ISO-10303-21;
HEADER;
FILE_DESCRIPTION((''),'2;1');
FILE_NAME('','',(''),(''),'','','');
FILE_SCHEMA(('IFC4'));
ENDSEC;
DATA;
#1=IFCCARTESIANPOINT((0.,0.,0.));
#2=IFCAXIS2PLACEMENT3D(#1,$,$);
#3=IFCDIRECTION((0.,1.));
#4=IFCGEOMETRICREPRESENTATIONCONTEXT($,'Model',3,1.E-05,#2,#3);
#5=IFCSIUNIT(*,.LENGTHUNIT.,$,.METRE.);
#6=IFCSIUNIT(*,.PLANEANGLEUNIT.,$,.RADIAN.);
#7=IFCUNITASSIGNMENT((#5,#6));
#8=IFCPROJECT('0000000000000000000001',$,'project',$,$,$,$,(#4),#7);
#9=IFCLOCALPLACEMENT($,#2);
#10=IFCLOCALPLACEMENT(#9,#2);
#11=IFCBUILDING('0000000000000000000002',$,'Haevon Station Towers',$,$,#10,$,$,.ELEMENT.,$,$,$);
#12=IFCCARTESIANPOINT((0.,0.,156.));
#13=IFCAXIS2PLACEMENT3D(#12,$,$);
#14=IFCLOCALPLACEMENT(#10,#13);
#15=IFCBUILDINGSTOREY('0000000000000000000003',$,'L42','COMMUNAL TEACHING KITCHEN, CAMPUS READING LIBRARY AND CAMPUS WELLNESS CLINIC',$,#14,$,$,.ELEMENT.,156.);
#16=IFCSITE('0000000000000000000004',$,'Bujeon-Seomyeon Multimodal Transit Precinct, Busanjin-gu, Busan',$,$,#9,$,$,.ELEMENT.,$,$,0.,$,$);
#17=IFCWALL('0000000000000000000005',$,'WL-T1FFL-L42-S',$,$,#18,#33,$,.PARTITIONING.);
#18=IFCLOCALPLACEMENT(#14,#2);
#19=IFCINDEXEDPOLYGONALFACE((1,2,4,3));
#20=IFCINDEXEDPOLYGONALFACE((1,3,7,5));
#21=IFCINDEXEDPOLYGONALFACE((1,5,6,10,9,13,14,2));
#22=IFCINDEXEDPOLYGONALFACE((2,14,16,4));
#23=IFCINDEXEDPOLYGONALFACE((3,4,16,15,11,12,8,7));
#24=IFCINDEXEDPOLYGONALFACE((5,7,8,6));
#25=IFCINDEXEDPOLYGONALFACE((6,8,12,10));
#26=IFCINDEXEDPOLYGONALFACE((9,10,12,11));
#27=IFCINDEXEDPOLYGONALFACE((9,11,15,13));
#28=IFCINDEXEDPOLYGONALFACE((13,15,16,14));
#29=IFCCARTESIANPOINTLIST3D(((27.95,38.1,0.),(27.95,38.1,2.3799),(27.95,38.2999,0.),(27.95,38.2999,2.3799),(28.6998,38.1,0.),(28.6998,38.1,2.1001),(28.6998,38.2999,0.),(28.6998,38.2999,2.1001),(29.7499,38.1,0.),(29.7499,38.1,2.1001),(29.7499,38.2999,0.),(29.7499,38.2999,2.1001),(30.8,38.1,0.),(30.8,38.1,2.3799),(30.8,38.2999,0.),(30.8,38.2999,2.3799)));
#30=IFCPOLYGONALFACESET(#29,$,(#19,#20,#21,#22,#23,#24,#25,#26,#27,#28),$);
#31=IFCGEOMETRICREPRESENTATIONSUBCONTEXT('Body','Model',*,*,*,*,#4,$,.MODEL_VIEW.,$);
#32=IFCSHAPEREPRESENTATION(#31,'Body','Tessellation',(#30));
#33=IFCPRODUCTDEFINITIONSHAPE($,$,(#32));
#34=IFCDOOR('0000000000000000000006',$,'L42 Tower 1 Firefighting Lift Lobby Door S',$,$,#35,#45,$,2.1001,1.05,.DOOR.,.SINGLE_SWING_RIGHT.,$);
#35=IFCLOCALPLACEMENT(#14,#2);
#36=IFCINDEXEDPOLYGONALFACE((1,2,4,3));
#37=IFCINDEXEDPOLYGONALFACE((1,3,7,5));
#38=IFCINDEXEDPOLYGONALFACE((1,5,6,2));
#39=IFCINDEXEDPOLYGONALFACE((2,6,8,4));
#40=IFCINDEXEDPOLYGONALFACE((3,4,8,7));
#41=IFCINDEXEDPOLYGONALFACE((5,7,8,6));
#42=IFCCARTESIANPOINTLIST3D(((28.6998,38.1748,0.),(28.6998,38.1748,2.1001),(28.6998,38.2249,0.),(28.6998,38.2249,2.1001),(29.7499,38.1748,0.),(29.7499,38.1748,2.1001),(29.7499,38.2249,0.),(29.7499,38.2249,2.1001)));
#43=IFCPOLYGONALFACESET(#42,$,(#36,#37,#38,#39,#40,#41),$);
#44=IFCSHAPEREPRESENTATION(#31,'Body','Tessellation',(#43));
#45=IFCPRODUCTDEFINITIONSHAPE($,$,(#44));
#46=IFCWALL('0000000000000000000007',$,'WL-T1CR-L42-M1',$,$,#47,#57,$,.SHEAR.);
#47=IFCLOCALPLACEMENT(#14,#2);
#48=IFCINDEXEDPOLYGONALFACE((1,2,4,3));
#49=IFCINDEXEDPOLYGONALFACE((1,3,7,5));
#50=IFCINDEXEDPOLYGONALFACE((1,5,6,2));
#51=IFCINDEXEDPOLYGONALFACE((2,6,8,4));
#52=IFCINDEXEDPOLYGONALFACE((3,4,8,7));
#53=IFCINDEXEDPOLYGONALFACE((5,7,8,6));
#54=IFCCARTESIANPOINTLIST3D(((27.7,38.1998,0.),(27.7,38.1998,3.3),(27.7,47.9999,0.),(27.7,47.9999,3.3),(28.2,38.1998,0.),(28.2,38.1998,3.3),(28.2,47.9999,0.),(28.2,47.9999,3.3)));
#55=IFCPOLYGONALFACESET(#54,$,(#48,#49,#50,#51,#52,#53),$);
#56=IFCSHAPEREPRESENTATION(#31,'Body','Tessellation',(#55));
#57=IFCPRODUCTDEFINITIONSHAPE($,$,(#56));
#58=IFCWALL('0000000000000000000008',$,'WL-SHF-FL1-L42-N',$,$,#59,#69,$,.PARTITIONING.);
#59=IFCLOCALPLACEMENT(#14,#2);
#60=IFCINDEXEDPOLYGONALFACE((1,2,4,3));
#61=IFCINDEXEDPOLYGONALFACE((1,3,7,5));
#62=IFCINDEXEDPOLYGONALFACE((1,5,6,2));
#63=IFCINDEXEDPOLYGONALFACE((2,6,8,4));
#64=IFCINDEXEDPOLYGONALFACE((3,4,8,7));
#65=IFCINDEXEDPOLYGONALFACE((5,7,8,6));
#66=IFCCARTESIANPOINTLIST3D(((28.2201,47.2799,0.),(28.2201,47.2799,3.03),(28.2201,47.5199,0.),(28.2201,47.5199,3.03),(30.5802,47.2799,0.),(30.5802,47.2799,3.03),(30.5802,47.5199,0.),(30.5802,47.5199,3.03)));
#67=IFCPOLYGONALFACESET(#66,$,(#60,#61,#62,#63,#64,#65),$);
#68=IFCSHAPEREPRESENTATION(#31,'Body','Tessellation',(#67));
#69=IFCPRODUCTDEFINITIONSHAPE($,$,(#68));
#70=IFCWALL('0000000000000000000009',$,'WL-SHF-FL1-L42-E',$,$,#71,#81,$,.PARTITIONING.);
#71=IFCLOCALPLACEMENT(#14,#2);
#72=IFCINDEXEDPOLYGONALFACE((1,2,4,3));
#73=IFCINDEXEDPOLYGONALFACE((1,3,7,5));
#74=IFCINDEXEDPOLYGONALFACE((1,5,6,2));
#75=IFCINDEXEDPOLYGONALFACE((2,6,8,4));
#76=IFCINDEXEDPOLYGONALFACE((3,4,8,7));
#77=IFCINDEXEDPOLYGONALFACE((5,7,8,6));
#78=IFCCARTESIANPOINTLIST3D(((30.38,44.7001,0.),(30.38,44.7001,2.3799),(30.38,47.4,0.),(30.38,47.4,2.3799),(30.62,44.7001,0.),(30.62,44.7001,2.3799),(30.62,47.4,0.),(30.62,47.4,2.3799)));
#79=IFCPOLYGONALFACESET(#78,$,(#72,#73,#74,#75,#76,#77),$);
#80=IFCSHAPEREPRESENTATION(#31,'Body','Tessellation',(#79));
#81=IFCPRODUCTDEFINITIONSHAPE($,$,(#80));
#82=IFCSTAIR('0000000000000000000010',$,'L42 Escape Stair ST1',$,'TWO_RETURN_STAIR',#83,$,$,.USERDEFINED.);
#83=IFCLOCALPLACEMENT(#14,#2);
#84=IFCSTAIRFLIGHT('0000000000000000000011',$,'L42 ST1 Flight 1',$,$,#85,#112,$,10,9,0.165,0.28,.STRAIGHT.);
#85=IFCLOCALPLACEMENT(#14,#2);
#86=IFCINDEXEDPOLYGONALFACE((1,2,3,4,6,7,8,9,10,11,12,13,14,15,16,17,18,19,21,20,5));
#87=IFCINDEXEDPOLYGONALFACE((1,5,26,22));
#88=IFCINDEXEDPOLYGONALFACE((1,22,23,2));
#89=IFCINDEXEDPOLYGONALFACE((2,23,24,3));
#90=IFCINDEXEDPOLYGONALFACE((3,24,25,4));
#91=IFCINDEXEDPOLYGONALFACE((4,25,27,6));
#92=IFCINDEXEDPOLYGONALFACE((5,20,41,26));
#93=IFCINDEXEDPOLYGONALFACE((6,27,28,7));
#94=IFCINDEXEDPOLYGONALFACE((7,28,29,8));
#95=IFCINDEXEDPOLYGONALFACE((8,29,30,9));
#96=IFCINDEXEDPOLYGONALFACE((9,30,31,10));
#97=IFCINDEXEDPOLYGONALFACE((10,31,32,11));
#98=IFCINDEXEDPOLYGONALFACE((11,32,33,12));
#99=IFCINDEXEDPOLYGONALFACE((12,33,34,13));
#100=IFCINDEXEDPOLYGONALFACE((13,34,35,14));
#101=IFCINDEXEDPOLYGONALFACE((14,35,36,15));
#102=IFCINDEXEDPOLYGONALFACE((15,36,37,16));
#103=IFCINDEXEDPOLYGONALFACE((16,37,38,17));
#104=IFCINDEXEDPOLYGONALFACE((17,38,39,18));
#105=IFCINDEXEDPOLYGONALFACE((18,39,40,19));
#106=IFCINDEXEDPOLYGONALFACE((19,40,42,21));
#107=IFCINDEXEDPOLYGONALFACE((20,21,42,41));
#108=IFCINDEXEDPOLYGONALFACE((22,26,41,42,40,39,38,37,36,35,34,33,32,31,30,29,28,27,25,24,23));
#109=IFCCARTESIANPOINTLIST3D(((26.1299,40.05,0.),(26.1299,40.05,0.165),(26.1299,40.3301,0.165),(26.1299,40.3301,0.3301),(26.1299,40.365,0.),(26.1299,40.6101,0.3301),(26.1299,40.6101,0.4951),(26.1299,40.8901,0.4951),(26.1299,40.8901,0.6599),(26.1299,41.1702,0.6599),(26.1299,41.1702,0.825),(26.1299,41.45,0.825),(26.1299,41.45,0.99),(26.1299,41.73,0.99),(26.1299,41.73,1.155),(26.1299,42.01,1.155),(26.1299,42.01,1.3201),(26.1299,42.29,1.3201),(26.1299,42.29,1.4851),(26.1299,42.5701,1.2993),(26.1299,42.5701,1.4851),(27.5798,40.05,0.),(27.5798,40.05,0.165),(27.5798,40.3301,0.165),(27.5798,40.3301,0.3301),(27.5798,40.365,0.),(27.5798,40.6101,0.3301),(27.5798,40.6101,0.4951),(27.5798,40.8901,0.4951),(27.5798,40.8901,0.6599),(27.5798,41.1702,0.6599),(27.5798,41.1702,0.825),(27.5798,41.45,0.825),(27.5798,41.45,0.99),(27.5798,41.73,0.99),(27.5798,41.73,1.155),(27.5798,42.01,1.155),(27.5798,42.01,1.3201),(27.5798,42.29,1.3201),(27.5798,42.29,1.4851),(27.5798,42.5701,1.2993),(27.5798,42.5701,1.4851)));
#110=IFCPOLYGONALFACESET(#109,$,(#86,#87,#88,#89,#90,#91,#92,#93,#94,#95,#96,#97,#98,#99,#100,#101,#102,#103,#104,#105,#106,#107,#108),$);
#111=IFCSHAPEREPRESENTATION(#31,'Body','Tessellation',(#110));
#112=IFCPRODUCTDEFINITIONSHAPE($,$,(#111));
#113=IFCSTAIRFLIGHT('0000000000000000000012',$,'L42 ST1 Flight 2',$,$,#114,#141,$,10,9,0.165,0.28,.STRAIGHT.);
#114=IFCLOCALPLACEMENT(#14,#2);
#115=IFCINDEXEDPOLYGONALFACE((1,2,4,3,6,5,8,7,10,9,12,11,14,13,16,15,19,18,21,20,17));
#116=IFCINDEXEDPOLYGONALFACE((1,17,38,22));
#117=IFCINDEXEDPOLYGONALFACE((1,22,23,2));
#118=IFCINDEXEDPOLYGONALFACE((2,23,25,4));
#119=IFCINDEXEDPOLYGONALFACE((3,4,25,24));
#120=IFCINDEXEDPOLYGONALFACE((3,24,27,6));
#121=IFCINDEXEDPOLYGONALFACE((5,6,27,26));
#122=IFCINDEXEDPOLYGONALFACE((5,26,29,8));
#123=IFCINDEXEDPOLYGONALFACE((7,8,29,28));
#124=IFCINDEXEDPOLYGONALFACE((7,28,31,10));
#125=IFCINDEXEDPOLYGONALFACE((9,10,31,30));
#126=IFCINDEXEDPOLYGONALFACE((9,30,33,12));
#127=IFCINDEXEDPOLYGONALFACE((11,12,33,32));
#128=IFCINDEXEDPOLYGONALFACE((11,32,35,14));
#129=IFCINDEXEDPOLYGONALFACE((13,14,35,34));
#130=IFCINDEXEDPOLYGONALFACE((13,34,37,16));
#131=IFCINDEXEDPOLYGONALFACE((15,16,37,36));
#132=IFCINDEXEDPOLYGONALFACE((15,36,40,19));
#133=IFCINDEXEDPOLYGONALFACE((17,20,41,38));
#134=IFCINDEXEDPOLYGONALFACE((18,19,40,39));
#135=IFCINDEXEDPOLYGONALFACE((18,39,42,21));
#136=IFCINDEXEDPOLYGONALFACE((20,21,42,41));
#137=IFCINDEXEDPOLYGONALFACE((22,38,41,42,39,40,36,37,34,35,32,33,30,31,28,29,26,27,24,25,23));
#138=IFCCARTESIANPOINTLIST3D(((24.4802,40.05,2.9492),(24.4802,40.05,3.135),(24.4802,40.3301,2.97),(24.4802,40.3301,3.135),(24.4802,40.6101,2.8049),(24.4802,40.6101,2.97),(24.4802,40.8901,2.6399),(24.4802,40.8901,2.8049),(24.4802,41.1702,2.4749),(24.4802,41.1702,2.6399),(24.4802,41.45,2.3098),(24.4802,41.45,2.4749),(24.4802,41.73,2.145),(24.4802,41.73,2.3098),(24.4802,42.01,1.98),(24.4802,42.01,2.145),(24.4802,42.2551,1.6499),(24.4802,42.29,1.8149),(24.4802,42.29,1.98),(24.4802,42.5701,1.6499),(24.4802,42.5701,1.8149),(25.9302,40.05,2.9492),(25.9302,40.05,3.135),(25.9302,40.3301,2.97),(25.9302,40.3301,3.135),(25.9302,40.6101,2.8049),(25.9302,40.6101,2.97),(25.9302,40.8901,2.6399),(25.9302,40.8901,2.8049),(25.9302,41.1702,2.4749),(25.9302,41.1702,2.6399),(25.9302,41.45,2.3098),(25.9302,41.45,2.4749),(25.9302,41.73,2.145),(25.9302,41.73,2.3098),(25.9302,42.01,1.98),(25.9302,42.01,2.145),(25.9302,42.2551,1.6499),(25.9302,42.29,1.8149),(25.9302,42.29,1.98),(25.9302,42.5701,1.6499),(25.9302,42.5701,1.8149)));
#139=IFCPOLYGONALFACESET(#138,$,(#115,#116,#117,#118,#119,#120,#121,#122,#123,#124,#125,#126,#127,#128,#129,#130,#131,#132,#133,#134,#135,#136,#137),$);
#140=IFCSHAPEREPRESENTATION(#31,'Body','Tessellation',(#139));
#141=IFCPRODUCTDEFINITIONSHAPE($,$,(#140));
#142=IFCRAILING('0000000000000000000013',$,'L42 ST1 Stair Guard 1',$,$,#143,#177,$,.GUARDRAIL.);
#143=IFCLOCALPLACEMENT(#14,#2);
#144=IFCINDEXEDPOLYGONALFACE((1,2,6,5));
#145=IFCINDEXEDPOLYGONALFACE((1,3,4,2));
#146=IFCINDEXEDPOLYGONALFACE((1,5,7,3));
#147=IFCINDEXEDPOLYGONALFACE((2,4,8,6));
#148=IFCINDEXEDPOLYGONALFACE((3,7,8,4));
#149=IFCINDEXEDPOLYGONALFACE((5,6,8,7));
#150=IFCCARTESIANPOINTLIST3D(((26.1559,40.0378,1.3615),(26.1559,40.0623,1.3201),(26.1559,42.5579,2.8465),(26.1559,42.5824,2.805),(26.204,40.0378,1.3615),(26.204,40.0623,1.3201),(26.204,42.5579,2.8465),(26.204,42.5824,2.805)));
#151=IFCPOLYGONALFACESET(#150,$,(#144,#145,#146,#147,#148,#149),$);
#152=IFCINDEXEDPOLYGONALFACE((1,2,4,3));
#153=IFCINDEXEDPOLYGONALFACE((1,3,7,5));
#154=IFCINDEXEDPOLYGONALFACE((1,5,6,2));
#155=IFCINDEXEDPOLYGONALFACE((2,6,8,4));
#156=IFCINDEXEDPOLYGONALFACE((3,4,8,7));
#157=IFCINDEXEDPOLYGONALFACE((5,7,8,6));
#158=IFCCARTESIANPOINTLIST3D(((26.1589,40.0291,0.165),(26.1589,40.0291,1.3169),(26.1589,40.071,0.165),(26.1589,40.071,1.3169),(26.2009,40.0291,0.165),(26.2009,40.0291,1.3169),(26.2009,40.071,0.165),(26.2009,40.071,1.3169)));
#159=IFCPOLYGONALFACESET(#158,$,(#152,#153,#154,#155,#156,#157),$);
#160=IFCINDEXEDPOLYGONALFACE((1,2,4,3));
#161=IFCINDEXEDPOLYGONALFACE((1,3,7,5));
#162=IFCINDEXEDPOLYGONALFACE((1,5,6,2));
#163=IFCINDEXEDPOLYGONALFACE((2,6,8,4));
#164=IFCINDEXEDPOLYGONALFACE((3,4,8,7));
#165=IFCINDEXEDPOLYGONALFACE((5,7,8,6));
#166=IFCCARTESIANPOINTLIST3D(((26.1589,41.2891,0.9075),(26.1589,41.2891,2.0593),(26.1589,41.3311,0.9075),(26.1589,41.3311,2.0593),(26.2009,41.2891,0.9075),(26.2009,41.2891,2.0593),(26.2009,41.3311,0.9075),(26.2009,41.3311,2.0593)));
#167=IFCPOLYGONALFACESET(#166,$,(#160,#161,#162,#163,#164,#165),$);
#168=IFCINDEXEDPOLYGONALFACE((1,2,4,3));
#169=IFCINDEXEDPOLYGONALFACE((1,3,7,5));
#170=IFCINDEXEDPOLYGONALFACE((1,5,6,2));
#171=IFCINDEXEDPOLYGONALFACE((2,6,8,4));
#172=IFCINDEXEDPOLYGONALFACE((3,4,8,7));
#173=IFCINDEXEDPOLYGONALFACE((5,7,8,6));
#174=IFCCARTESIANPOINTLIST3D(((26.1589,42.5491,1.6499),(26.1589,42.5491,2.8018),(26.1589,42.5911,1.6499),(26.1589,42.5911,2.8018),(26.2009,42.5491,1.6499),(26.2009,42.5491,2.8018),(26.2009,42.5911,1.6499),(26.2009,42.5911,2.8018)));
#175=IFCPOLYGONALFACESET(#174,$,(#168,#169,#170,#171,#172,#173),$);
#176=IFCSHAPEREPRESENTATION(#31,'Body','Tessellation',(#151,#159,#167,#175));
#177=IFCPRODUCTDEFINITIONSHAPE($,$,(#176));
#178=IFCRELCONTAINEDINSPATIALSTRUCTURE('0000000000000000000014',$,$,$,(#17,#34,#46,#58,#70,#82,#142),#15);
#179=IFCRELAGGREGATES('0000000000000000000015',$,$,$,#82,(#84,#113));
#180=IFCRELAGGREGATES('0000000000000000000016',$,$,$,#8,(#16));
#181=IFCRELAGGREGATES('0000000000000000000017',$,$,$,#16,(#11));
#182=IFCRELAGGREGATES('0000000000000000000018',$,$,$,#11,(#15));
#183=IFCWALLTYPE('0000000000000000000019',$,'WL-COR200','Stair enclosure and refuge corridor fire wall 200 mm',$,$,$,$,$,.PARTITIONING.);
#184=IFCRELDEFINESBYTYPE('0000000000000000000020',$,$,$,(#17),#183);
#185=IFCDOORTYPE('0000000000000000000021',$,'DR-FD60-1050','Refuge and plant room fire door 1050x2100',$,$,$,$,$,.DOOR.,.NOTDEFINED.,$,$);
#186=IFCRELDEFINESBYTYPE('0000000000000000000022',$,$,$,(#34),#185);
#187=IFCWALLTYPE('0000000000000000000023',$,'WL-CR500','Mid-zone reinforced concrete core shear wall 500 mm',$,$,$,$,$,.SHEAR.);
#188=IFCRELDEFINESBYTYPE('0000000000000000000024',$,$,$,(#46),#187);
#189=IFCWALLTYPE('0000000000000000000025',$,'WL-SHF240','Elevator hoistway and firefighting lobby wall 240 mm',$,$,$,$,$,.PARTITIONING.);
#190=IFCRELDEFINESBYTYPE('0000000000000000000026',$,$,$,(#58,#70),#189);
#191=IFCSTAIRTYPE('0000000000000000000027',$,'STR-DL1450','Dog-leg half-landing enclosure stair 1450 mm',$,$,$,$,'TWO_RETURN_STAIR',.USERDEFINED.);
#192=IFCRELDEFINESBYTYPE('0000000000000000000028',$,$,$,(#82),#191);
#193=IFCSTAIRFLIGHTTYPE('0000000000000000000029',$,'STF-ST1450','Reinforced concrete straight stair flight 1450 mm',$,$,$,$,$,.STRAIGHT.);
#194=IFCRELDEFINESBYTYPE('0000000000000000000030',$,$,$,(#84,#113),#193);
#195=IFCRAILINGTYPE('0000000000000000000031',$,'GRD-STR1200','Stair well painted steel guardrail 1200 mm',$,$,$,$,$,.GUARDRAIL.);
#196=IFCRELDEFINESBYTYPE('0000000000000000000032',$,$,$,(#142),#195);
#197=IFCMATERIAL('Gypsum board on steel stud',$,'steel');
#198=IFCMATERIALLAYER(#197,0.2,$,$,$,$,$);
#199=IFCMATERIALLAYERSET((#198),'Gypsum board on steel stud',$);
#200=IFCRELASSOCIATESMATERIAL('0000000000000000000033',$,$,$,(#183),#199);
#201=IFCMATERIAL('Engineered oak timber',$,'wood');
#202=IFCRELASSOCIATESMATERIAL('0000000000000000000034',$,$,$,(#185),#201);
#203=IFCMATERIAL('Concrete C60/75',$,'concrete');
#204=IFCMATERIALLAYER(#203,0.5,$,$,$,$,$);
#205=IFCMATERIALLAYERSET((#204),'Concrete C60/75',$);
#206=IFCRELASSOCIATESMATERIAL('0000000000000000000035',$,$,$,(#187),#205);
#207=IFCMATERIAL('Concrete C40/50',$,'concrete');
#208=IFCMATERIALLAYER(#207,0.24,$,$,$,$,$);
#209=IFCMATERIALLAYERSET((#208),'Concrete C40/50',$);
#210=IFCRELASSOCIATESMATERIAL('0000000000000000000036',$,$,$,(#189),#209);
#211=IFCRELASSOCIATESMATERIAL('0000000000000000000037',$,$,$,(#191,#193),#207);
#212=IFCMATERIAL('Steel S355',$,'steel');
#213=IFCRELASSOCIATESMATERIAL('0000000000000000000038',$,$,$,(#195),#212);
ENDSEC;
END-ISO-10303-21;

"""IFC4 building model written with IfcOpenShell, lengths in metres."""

from ifc_helpers import new_model, si_unit, direction, frame, frame_2d, origin, origin_2d, place, context, subcontext, project, spatial, polyline, rectangle, outline, extrude, material, layer, layer_set, type_object, element, fill, aggregate, save


model = new_model("IFC4")

# Units and contexts
model_context = context("Model", 3, precision=1e-05, world=origin(), true_north=direction((0.0, 1.0)))
body_context = subcontext(model_context, "Body", "Model", "MODEL_VIEW")
ifc_project = project(units=[si_unit("LENGTHUNIT", "METRE"), si_unit("PLANEANGLEUNIT", "RADIAN")], contexts=[model_context])

# Site, building, storey
site_placement = place(None, origin())
site = spatial("IfcSite", under=ifc_project, at=site_placement, Name="Bujeon-Seomyeon Multimodal Transit Precinct, Busanjin-gu, Busan", CompositionType="ELEMENT", RefElevation=0.0)
building_placement = place(site_placement, origin())
building = spatial("IfcBuilding", under=site, at=building_placement, Name="Haevon Station Towers", CompositionType="ELEMENT")
storey_placement = place(building_placement, frame((0.0, 0.0, 156.0)))
storey = spatial("IfcBuildingStorey", under=building, at=storey_placement, Name="L42", Description="COMMUNAL TEACHING KITCHEN, CAMPUS READING LIBRARY AND CAMPUS WELLNESS CLINIC", CompositionType="ELEMENT", Elevation=156.0)

# Shared definitions
ifc_material_1 = material(Name="Steel S355", Category="steel")

# Wall, opening, door
ifc_material_2 = material(Name="Gypsum board on steel stud", Category="steel")
ifc_layer_1 = layer(ifc_material_2, 0.2)
ifc_layer_set_1 = layer_set([ifc_layer_1], Name="Gypsum board on steel stud")
wall_type_1 = type_object("IfcWallType", Name="WL-COR200", Description="Stair enclosure and refuge corridor fire wall 200 mm", PredefinedType="PARTITIONING", material=ifc_layer_set_1)
wall_1_placement = place(storey_placement, frame((27.95, 38.2, 0.0), z_axis=(0.0, 0.0, 1.0), x_axis=(1.0, 0.0, 0.0)))
wall_1 = element("IfcWall", 1, at=wall_1_placement, inside=storey, type_object=wall_type_1, Name="WL-T1FFL-L42-S", PredefinedType="PARTITIONING", context=body_context, shape_type="SweptSolid", body=[
    extrude(rectangle(XDim=2.8501, YDim=0.2, at=frame_2d((1.425, 0.0))), origin(), (0.0, 0.0, 1.0), 2.3799),
])
opening_1_placement = place(wall_1_placement, frame((0.75, 0.0, 0.0)))
opening_1 = element("IfcOpeningElement", 2, at=opening_1_placement, cuts=wall_1, PredefinedType="OPENING", context=body_context, shape_type="SweptSolid", body=[
    extrude(rectangle(XDim=1.05, YDim=2.1001, at=frame_2d((0.5249, 1.05))), frame((0.0, 0.1099, 0.0), z_axis=(0.0, -1.0, 0.0), x_axis=(1.0, 0.0, 0.0)), (0.0, 0.0, 1.0), 0.22),
])
ifc_material_3 = material(Name="Engineered oak timber", Category="wood")
door_type_1 = type_object("IfcDoorType", Name="DR-FD60-1050", Description="Refuge and plant room fire door 1050x2100", OperationType="NOTDEFINED", PredefinedType="DOOR", material=ifc_material_3)
door_1_placement = place(opening_1_placement, origin())
door_1 = element("IfcDoor", 3, at=door_1_placement, inside=storey, type_object=door_type_1, Name="L42 Tower 1 Firefighting Lift Lobby Door S", OperationType="SINGLE_SWING_RIGHT", OverallHeight=2.1001, OverallWidth=1.05, PredefinedType="DOOR", context=body_context, shape_type="SweptSolid", body=[
    extrude(rectangle(XDim=1.05, YDim=2.1001, at=frame_2d((0.5249, 1.05))), frame((0.0, 0.0249, 0.0), z_axis=(0.0, -1.0, 0.0), x_axis=(1.0, 0.0, 0.0)), (0.0, 0.0, 1.0), 0.05),
])
fill(opening_1, door_1)

# Wall
ifc_material_4 = material(Name="Concrete C60/75", Category="concrete")
ifc_layer_2 = layer(ifc_material_4, 0.5)
ifc_layer_set_2 = layer_set([ifc_layer_2], Name="Concrete C60/75")
wall_type_2 = type_object("IfcWallType", Name="WL-CR500", Description="Mid-zone reinforced concrete core shear wall 500 mm", PredefinedType="SHEAR", material=ifc_layer_set_2)
wall_2_placement = place(storey_placement, frame((27.95, 38.2, 0.0), z_axis=(0.0, 0.0, 1.0), x_axis=(0.0, 1.0, 0.0)))
element("IfcWall", 4, at=wall_2_placement, inside=storey, type_object=wall_type_2, Name="WL-T1CR-L42-M1", PredefinedType="SHEAR", context=body_context, shape_type="SweptSolid", body=[
    extrude(rectangle(XDim=9.8, YDim=0.5, at=frame_2d((4.8999, 0.0))), origin(), (0.0, 0.0, 1.0), 3.3),
])

# Shared definitions
ifc_material_5 = material(Name="Concrete C40/50", Category="concrete")
ifc_layer_3 = layer(ifc_material_5, 0.24)
ifc_layer_set_3 = layer_set([ifc_layer_3], Name="Concrete C40/50")
wall_type_3 = type_object("IfcWallType", Name="WL-SHF240", Description="Elevator hoistway and firefighting lobby wall 240 mm", PredefinedType="PARTITIONING", material=ifc_layer_set_3)

# Walls
wall_3_placement = place(storey_placement, frame((28.22, 47.3999, 0.0), z_axis=(0.0, 0.0, 1.0), x_axis=(1.0, 0.0, 0.0)))
element("IfcWall", 5, at=wall_3_placement, inside=storey, type_object=wall_type_3, Name="WL-SHF-FL1-L42-N", PredefinedType="PARTITIONING", context=body_context, shape_type="SweptSolid", body=[
    extrude(rectangle(XDim=2.3601, YDim=0.24, at=frame_2d((1.1802, 0.0))), origin(), (0.0, 0.0, 1.0), 3.03),
])
wall_4_placement = place(storey_placement, frame((30.5, 44.7, 0.0), z_axis=(0.0, 0.0, 1.0), x_axis=(0.0, 1.0, 0.0)))
element("IfcWall", 6, at=wall_4_placement, inside=storey, type_object=wall_type_3, Name="WL-SHF-FL1-L42-E", PredefinedType="PARTITIONING", context=body_context, shape_type="SweptSolid", body=[
    extrude(rectangle(XDim=2.7, YDim=0.24, at=frame_2d((1.3501, 0.0))), origin(), (0.0, 0.0, 1.0), 2.3799),
])

# Stair, stair flights
stair_type = type_object("IfcStairType", Name="STR-DL1450", Description="Dog-leg half-landing enclosure stair 1450 mm", ElementType="TWO_RETURN_STAIR", PredefinedType="USERDEFINED", material=ifc_material_5)
stair_placement = place(storey_placement, origin())
stair = element("IfcStair", 7, at=stair_placement, inside=storey, type_object=stair_type, Name="L42 Escape Stair ST1", ObjectType="TWO_RETURN_STAIR", PredefinedType="USERDEFINED")
stair_flight_type = type_object("IfcStairFlightType", Name="STF-ST1450", Description="Reinforced concrete straight stair flight 1450 mm", PredefinedType="STRAIGHT", material=ifc_material_5)
stair_flight_1_placement = place(storey_placement, frame((26.855, 40.05, 0.0), z_axis=(0.0, 0.0, 1.0), x_axis=(0.0, 1.0, 0.0)))
stair_flight_1 = element("IfcStairFlight", 8, at=stair_flight_1_placement, type_object=stair_flight_type, Name="L42 ST1 Flight 1", NumberOfRisers=10, NumberOfTreads=9, PredefinedType="STRAIGHT", RiserHeight=0.165, TreadLength=0.28, context=body_context, shape_type="SweptSolid", body=[
    extrude(outline(polyline([(0.0, 0.0), (0.0, 0.165), (0.28, 0.165), (0.28, 0.3301), (0.5601, 0.3301), (0.5601, 0.4951), (0.8401, 0.4951), (0.8401, 0.6599), (1.1201, 0.6599), (1.1201, 0.825), (1.3999, 0.825), (1.3999, 0.99), (1.6799, 0.99), (1.6799, 1.155), (1.96, 1.155), (1.96, 1.3201), (2.24, 1.3201), (2.24, 1.4851), (2.52, 1.4851), (2.52, 1.6499), (2.52, 1.2993), (0.3149, 0.0), (0.0, 0.0)])), frame((0.0, 0.7251, 0.0), z_axis=(0.0, -1.0, 0.0), x_axis=(1.0, 0.0, 0.0)), (0.0, 0.0, 1.0), 1.45),
])
stair_flight_2_placement = place(storey_placement, frame((25.2051, 42.5701, 1.6499), z_axis=(0.0, 0.0, 1.0), x_axis=(0.0, -1.0, 0.0)))
stair_flight_2 = element("IfcStairFlight", 9, at=stair_flight_2_placement, type_object=stair_flight_type, Name="L42 ST1 Flight 2", NumberOfRisers=10, NumberOfTreads=9, PredefinedType="STRAIGHT", RiserHeight=0.165, TreadLength=0.28, context=body_context, shape_type="SweptSolid", body=[
    extrude(outline(polyline([(0.0, 0.0), (0.0, 0.165), (0.28, 0.165), (0.28, 0.3301), (0.5601, 0.3301), (0.5601, 0.4951), (0.8401, 0.4951), (0.8401, 0.6599), (1.1201, 0.6599), (1.1201, 0.825), (1.3999, 0.825), (1.3999, 0.99), (1.6799, 0.99), (1.6799, 1.155), (1.96, 1.155), (1.96, 1.3201), (2.24, 1.3201), (2.24, 1.4851), (2.52, 1.4851), (2.52, 1.6499), (2.52, 1.2993), (0.3149, 0.0), (0.0, 0.0)])), frame((0.0, 0.7251, 0.0), z_axis=(0.0, -1.0, 0.0), x_axis=(1.0, 0.0, 0.0)), (0.0, 0.0, 1.0), 1.45),
])
aggregate(stair, [stair_flight_1, stair_flight_2])

# Railing
railing_type_1 = type_object("IfcRailingType", Name="GRD-STR1200", Description="Stair well painted steel guardrail 1200 mm", PredefinedType="GUARDRAIL", material=ifc_material_1)
railing_1_placement = place(storey_placement, frame((26.1799, 40.05, 0.165)))
element("IfcRailing", 10, at=railing_1_placement, inside=storey, type_object=railing_type_1, Name="L42 ST1 Stair Guard 1", PredefinedType="GUARDRAIL", context=body_context, shape_type="SweptSolid", body=[
    extrude(rectangle(XDim=0.0481, YDim=0.0481, at=origin_2d()), frame((0.0, 0.0, 1.1758), z_axis=(0.0, 0.861561, 0.507655), x_axis=(-1.0, 0.0, 0.0)), (0.0, 0.0, 1.0), 2.925),
    extrude(rectangle(XDim=0.042, YDim=0.042, at=origin_2d()), origin(), (0.0, 0.0, 1.0), 1.1519),
    extrude(rectangle(XDim=0.042, YDim=0.042, at=origin_2d()), frame((0.0, 1.26, 0.7424)), (0.0, 0.0, 1.0), 1.1519),
    extrude(rectangle(XDim=0.042, YDim=0.042, at=origin_2d()), frame((0.0, 2.52, 1.4849)), (0.0, 0.0, 1.0), 1.1519),
])

save(model, "model.ifc")
